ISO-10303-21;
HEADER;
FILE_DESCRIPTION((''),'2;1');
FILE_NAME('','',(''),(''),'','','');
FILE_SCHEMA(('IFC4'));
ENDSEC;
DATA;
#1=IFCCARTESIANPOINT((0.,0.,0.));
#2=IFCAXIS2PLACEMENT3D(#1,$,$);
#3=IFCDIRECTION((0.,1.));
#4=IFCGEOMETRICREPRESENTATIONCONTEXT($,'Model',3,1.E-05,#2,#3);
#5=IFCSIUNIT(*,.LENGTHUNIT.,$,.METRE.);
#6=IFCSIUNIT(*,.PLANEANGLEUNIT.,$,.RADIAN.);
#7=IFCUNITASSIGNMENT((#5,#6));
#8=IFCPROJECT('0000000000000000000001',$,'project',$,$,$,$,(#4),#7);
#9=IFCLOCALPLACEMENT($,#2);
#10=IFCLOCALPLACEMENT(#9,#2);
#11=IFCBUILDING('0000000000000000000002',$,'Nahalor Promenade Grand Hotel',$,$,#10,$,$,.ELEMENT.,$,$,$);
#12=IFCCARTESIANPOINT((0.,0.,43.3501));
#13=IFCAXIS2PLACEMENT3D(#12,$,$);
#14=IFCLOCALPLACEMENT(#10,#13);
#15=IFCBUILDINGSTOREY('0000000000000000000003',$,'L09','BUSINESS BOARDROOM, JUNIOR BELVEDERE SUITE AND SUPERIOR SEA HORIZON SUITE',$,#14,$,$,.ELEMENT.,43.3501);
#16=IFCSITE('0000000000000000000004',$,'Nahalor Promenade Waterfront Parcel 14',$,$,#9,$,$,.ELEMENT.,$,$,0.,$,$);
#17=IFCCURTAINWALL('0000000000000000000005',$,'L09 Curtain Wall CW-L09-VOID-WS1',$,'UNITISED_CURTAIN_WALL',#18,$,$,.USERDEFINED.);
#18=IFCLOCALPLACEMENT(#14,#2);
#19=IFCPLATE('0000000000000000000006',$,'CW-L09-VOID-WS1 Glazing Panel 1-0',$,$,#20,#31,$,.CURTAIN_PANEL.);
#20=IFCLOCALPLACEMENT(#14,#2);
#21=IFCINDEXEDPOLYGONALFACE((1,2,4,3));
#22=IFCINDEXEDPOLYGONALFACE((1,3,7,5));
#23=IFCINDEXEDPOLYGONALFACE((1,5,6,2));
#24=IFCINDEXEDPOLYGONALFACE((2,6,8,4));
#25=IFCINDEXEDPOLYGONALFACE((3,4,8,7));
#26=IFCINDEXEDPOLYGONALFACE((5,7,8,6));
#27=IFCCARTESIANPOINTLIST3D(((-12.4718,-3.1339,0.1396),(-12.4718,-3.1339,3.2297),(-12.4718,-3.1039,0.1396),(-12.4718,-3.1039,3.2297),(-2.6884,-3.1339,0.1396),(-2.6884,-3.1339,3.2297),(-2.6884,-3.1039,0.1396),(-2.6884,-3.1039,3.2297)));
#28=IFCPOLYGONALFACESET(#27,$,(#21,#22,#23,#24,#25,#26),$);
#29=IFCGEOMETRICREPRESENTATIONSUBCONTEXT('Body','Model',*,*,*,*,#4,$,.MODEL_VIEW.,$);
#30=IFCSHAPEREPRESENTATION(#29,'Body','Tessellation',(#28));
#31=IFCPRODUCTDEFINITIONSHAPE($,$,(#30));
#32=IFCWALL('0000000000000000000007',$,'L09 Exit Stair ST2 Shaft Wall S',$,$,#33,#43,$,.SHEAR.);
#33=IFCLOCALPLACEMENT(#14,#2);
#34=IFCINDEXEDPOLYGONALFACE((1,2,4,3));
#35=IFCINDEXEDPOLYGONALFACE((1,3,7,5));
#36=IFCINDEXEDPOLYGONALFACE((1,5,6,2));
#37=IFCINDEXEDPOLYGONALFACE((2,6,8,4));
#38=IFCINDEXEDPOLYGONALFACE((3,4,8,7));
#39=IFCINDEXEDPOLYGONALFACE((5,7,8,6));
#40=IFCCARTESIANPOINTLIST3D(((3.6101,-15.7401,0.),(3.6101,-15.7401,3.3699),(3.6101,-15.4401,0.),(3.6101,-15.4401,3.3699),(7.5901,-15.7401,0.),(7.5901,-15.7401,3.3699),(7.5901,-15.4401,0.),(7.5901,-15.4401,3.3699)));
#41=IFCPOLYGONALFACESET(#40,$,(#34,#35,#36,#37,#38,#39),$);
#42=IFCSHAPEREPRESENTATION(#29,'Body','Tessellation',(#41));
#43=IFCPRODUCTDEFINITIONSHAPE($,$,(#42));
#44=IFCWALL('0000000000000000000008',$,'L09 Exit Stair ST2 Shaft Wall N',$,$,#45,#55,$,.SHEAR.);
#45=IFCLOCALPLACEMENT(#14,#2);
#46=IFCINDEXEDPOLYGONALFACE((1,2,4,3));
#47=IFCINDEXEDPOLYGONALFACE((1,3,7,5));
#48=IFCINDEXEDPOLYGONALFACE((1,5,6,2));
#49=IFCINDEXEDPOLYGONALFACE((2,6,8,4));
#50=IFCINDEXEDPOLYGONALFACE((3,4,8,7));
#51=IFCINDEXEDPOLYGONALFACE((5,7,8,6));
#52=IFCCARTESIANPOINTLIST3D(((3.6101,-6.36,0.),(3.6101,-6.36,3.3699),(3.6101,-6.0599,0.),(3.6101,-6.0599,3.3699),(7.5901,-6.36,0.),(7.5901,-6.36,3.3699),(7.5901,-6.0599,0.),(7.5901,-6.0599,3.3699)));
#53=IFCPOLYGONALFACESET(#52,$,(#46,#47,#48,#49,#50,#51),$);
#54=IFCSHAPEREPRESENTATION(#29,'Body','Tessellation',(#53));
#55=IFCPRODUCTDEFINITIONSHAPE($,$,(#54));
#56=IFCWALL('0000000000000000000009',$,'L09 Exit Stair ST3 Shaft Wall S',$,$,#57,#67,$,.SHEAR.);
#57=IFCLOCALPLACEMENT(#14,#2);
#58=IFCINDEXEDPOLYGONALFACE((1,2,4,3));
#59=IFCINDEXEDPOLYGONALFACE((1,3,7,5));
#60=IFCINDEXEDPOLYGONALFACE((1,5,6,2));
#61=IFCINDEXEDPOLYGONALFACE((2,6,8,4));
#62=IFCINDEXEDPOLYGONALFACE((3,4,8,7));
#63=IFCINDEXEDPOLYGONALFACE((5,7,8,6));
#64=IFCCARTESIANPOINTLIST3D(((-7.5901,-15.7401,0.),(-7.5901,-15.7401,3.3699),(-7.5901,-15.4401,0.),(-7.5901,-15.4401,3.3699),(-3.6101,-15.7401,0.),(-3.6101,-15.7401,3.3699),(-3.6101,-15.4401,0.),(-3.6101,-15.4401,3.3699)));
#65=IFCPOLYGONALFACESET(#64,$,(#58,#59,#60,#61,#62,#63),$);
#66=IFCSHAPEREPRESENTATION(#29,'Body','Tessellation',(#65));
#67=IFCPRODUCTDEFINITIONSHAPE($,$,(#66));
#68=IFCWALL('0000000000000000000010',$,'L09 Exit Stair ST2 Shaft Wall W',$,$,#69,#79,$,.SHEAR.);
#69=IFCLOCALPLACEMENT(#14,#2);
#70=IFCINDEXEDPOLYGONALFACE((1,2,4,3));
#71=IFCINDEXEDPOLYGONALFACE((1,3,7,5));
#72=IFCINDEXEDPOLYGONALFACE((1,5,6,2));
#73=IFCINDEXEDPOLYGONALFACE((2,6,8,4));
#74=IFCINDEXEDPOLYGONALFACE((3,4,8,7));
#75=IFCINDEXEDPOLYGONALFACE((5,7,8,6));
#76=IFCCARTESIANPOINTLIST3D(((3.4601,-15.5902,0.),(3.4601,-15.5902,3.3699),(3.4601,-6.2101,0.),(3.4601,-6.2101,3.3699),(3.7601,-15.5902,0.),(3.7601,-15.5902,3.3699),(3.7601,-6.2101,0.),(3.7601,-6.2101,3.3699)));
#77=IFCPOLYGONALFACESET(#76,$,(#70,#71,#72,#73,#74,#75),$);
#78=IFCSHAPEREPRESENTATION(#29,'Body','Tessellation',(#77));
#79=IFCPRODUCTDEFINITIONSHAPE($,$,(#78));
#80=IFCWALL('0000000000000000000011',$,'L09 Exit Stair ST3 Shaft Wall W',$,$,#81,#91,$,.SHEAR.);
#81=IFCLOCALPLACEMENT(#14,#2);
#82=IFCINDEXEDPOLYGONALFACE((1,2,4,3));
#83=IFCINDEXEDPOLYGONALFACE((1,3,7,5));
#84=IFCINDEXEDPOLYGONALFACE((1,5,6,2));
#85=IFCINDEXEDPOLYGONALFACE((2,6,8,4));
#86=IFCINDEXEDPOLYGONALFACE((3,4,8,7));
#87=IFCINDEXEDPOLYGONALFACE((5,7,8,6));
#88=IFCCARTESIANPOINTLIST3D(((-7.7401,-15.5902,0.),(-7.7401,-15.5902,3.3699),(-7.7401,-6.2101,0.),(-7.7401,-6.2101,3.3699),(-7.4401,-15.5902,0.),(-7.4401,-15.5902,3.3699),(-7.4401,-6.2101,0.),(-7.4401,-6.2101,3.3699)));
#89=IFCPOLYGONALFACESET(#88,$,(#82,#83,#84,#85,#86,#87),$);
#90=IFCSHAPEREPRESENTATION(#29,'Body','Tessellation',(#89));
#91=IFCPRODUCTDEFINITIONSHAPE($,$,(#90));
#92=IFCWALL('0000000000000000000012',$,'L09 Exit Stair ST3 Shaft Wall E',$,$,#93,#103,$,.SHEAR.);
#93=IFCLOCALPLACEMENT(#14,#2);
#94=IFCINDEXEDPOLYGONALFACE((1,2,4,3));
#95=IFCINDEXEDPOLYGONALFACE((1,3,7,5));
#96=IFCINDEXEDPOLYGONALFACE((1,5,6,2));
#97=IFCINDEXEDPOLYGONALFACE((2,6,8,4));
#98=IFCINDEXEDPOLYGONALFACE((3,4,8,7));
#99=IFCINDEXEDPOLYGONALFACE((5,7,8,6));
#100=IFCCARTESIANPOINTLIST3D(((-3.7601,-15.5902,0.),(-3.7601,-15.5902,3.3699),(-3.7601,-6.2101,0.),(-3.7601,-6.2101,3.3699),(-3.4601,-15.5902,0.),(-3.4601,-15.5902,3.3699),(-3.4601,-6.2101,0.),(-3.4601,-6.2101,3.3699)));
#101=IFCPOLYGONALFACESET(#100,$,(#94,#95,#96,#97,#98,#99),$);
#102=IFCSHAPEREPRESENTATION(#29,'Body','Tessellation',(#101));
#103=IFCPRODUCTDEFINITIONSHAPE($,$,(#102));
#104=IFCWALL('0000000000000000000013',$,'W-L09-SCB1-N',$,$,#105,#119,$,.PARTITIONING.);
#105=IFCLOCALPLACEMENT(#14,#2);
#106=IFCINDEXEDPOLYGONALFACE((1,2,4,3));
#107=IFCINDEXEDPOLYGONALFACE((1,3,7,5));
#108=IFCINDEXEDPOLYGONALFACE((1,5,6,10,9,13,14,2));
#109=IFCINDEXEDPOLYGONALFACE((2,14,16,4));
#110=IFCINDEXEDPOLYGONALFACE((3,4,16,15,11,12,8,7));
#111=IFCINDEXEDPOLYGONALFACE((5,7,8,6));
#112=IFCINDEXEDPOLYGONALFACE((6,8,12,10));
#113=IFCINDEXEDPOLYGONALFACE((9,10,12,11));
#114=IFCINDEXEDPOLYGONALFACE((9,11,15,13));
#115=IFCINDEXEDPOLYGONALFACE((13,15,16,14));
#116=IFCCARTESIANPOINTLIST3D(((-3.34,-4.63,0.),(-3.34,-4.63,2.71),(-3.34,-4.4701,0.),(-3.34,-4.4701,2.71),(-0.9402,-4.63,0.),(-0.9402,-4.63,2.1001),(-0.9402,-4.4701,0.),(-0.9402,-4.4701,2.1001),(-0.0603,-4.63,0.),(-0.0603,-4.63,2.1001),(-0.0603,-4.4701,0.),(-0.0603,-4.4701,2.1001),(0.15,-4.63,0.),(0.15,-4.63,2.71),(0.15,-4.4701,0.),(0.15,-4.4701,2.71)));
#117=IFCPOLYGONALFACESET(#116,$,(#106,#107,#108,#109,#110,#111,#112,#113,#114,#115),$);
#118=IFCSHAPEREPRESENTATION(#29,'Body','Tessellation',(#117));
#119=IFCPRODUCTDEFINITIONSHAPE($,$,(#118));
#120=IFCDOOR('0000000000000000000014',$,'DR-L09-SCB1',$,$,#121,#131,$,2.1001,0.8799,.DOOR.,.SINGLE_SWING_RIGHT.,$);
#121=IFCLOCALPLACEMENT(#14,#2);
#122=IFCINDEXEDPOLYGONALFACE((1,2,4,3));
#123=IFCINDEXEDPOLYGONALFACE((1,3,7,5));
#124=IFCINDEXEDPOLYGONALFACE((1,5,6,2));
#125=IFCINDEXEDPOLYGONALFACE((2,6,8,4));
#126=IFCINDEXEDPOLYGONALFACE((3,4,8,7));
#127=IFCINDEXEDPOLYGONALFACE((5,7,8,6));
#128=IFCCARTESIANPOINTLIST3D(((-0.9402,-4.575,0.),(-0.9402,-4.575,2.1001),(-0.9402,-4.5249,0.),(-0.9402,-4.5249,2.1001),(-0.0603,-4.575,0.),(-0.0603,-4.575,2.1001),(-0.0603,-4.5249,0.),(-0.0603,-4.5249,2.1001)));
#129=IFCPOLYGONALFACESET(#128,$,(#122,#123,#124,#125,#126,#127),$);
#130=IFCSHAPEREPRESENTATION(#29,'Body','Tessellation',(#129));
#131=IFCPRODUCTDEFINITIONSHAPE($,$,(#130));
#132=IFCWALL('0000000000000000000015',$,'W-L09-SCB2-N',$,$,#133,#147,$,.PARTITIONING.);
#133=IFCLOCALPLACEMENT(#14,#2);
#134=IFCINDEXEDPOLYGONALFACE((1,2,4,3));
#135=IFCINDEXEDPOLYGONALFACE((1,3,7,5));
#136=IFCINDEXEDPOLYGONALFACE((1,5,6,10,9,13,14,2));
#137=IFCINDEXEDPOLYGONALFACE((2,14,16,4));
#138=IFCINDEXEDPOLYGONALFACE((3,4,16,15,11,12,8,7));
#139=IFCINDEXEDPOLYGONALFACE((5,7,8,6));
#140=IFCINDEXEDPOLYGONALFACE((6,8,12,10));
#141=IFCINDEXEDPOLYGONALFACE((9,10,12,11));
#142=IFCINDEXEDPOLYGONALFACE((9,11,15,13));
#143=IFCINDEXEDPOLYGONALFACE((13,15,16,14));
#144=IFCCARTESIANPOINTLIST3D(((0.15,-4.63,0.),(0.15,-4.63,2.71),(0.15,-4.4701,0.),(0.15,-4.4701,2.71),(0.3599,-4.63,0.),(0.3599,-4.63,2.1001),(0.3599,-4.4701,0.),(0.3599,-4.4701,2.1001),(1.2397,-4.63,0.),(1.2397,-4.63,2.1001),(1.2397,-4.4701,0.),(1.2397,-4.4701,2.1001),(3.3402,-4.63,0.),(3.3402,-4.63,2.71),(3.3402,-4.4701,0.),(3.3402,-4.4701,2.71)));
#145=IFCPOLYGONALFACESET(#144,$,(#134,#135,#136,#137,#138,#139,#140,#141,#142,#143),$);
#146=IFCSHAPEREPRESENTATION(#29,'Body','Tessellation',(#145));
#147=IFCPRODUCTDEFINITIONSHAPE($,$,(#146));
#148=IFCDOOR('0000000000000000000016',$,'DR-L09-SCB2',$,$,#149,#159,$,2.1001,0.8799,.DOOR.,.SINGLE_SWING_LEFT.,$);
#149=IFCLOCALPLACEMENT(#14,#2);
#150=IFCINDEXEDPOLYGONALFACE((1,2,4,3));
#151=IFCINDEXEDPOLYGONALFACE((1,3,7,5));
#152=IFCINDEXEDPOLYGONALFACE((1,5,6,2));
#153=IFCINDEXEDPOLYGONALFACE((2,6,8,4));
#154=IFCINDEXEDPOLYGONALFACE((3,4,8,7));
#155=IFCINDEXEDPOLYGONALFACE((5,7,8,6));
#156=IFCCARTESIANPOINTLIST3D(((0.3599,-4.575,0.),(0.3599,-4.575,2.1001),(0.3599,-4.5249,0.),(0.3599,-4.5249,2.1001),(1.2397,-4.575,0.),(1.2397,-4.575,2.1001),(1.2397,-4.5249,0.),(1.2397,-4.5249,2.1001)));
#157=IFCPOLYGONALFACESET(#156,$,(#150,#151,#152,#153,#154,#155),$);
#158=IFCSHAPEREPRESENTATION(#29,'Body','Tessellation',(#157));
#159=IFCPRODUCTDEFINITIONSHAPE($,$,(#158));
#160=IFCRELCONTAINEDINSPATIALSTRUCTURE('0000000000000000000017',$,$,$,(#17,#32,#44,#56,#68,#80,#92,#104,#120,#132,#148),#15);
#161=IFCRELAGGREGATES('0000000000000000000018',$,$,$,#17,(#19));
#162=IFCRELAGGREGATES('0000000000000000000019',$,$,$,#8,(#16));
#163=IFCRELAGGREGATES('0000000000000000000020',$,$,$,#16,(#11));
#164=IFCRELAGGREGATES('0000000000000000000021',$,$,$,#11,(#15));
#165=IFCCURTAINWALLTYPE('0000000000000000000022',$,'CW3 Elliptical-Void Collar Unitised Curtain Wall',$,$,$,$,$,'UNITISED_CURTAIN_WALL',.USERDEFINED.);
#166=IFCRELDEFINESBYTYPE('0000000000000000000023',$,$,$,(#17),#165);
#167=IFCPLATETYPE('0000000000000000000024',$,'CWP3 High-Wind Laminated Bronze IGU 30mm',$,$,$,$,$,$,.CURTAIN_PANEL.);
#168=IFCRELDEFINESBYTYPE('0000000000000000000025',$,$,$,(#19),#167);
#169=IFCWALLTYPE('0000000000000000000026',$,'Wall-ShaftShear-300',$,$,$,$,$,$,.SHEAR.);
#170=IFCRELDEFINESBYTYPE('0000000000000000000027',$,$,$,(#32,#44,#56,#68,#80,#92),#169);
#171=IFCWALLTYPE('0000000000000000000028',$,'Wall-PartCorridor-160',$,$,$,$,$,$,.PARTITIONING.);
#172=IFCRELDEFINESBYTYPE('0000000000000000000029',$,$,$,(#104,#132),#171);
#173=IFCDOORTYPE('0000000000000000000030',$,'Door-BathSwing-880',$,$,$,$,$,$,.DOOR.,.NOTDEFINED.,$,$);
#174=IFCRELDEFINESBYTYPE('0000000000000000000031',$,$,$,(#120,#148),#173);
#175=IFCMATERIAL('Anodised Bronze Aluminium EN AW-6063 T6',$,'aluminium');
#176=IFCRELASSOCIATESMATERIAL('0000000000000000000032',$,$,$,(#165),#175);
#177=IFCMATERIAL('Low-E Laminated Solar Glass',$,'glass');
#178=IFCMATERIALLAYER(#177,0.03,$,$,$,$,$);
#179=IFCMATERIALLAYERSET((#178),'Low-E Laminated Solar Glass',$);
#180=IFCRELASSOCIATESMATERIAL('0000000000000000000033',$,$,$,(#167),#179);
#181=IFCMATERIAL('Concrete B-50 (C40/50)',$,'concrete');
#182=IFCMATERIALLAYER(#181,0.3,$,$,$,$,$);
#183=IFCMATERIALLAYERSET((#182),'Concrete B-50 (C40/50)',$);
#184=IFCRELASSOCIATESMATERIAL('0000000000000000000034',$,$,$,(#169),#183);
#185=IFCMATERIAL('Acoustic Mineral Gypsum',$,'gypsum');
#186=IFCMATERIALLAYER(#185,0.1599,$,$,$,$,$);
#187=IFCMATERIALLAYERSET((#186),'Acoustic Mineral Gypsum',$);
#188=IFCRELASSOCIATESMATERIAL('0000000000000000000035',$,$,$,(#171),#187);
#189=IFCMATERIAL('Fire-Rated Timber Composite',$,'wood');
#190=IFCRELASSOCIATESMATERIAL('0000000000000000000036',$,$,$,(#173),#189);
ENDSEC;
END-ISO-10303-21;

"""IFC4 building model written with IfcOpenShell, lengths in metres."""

from ifc_helpers import new_model, si_unit, direction, frame, frame_2d, origin, origin_2d, place, context, subcontext, project, spatial, rectangle, extrude, source, transform, mapped, material, layer, layer_set, type_object, element, fill, aggregate, save


model = new_model("IFC4")

# Units and contexts
model_context = context("Model", 3, precision=1e-05, world=origin(), true_north=direction((0.0, 1.0)))
body_context = subcontext(model_context, "Body", "Model", "MODEL_VIEW")
ifc_project = project(units=[si_unit("LENGTHUNIT", "METRE"), si_unit("PLANEANGLEUNIT", "RADIAN")], contexts=[model_context])

# Site, building, storey
site_placement = place(None, origin())
site = spatial("IfcSite", under=ifc_project, at=site_placement, Name="Nahalor Promenade Waterfront Parcel 14", CompositionType="ELEMENT", RefElevation=0.0)
building_placement = place(site_placement, origin())
building = spatial("IfcBuilding", under=site, at=building_placement, Name="Nahalor Promenade Grand Hotel", CompositionType="ELEMENT")
storey_placement = place(building_placement, frame((0.0, 0.0, 43.3501)))
storey = spatial("IfcBuildingStorey", under=building, at=storey_placement, Name="L09", Description="BUSINESS BOARDROOM, JUNIOR BELVEDERE SUITE AND SUPERIOR SEA HORIZON SUITE", CompositionType="ELEMENT", Elevation=43.3501)

# Curtain wall, plate
ifc_material_1 = material(Name="Anodised Bronze Aluminium EN AW-6063 T6", Category="aluminium")
curtain_wall_type = type_object("IfcCurtainWallType", Name="CW3 Elliptical-Void Collar Unitised Curtain Wall", ElementType="UNITISED_CURTAIN_WALL", PredefinedType="USERDEFINED", material=ifc_material_1)
curtain_wall_placement = place(storey_placement, origin())
curtain_wall = element("IfcCurtainWall", 1, at=curtain_wall_placement, inside=storey, type_object=curtain_wall_type, Name="L09 Curtain Wall CW-L09-VOID-WS1", ObjectType="UNITISED_CURTAIN_WALL", PredefinedType="USERDEFINED")
ifc_material_2 = material(Name="Low-E Laminated Solar Glass", Category="glass")
ifc_layer_1 = layer(ifc_material_2, 0.03)
ifc_layer_set_1 = layer_set([ifc_layer_1], Name="Low-E Laminated Solar Glass")
plate_type = type_object("IfcPlateType", Name="CWP3 High-Wind Laminated Bronze IGU 30mm", PredefinedType="CURTAIN_PANEL", material=ifc_layer_set_1)
shared_shape_1 = source(origin(), body_context, "Body", "SweptSolid", [
    extrude(rectangle(XDim=9.7834, YDim=0.03, at=origin_2d()), origin(), (0.0, 0.0, 1.0), 3.0901),
])
plate_placement = place(storey_placement, frame((-7.5801, -3.1189, 0.1396), z_axis=(0.0, 0.0, 1.0), x_axis=(1.0, 0.0, 0.0)))
plate = element("IfcPlate", 2, at=plate_placement, type_object=plate_type, Name="CW-L09-VOID-WS1 Glazing Panel 1-0", PredefinedType="CURTAIN_PANEL", context=body_context, shape_type="MappedRepresentation", body=[
    mapped(shared_shape_1, transform((0.0, 0.0, 0.0), scale=1.0)),
])
aggregate(curtain_wall, [plate])

# Walls
ifc_material_3 = material(Name="Concrete B-50 (C40/50)", Category="concrete")
ifc_layer_2 = layer(ifc_material_3, 0.3)
ifc_layer_set_2 = layer_set([ifc_layer_2], Name="Concrete B-50 (C40/50)")
wall_type_1 = type_object("IfcWallType", Name="Wall-ShaftShear-300", PredefinedType="SHEAR", material=ifc_layer_set_2)
shared_shape_2 = source(origin(), body_context, "Body", "SweptSolid", [
    extrude(rectangle(XDim=3.98, YDim=0.3, at=frame_2d((1.99, 0.0))), origin(), (0.0, 0.0, 1.0), 3.3699),
])
for number, where, z_axis, x_axis, name in (
    (3, (3.6101, -15.5901, 0.0), (0.0, 0.0, 1.0), (1.0, 0.0, 0.0), "L09 Exit Stair ST2 Shaft Wall S"),
    (4, (3.6101, -6.21, 0.0), (0.0, 0.0, 1.0), (1.0, 0.0, 0.0), "L09 Exit Stair ST2 Shaft Wall N"),
    (5, (-7.5901, -15.5901, 0.0), (0.0, 0.0, 1.0), (1.0, 0.0, 0.0), "L09 Exit Stair ST3 Shaft Wall S"),
):
    element("IfcWall", number, at=place(storey_placement, frame(where, z_axis=z_axis, x_axis=x_axis)), inside=storey, type_object=wall_type_1, Name=name, PredefinedType="SHEAR", context=body_context, shape_type="MappedRepresentation", body=[
        mapped(shared_shape_2, transform((0.0, 0.0, 0.0), scale=1.0)),
    ])

# Walls
shared_shape_3 = source(origin(), body_context, "Body", "SweptSolid", [
    extrude(rectangle(XDim=9.3801, YDim=0.3, at=frame_2d((4.6899, 0.0))), origin(), (0.0, 0.0, 1.0), 3.3699),
])
for number, where, z_axis, x_axis, name in (
    (6, (3.6101, -15.5901, 0.0), (0.0, 0.0, 1.0), (0.0, 1.0, 0.0), "L09 Exit Stair ST2 Shaft Wall W"),
    (7, (-7.5901, -15.5901, 0.0), (0.0, 0.0, 1.0), (0.0, 1.0, 0.0), "L09 Exit Stair ST3 Shaft Wall W"),
    (8, (-3.6101, -15.5901, 0.0), (0.0, 0.0, 1.0), (0.0, 1.0, 0.0), "L09 Exit Stair ST3 Shaft Wall E"),
):
    element("IfcWall", number, at=place(storey_placement, frame(where, z_axis=z_axis, x_axis=x_axis)), inside=storey, type_object=wall_type_1, Name=name, PredefinedType="SHEAR", context=body_context, shape_type="MappedRepresentation", body=[
        mapped(shared_shape_3, transform((0.0, 0.0, 0.0), scale=1.0)),
    ])

# Walls, openings, doors
ifc_material_4 = material(Name="Acoustic Mineral Gypsum", Category="gypsum")
ifc_layer_3 = layer(ifc_material_4, 0.1599)
ifc_layer_set_3 = layer_set([ifc_layer_3], Name="Acoustic Mineral Gypsum")
wall_type_2 = type_object("IfcWallType", Name="Wall-PartCorridor-160", PredefinedType="PARTITIONING", material=ifc_layer_set_3)
shared_shape_4 = source(origin(), body_context, "Body", "SweptSolid", [
    extrude(rectangle(XDim=3.49, YDim=0.1599, at=frame_2d((1.7451, 0.0))), origin(), (0.0, 0.0, 1.0), 2.71),
])
wall_1_placement = place(storey_placement, frame((-3.3401, -4.55, 0.0), z_axis=(0.0, 0.0, 1.0), x_axis=(1.0, 0.0, 0.0)))
wall_1 = element("IfcWall", 9, at=wall_1_placement, inside=storey, type_object=wall_type_2, Name="W-L09-SCB1-N", PredefinedType="PARTITIONING", context=body_context, shape_type="MappedRepresentation", body=[
    mapped(shared_shape_4, transform((0.0, 0.0, 0.0), scale=1.0)),
])
opening_1_placement = place(wall_1_placement, frame((2.3999, 0.0, 0.0)))
opening_1 = element("IfcOpeningElement", 10, at=opening_1_placement, cuts=wall_1, PredefinedType="OPENING", context=body_context, shape_type="SweptSolid", body=[
    extrude(rectangle(XDim=0.8799, YDim=2.1001, at=frame_2d((0.4399, 1.05))), frame((0.0, 0.0898, 0.0), z_axis=(0.0, -1.0, 0.0), x_axis=(1.0, 0.0, 0.0)), (0.0, 0.0, 1.0), 0.1799),
])
ifc_material_5 = material(Name="Fire-Rated Timber Composite", Category="wood")
door_type_1 = type_object("IfcDoorType", Name="Door-BathSwing-880", OperationType="NOTDEFINED", PredefinedType="DOOR", material=ifc_material_5)
shared_shape_5 = source(origin(), body_context, "Body", "SweptSolid", [
    extrude(rectangle(XDim=0.8799, YDim=2.1001, at=frame_2d((0.4399, 1.05))), frame((0.0, 0.0249, 0.0), z_axis=(0.0, -1.0, 0.0), x_axis=(1.0, 0.0, 0.0)), (0.0, 0.0, 1.0), 0.05),
])
door_1_placement = place(opening_1_placement, frame((0.8799, 0.0, 0.0), z_axis=(0.0, 0.0, 1.0), x_axis=(-1.0, 0.0, 0.0)))
door_1 = element("IfcDoor", 11, at=door_1_placement, inside=storey, type_object=door_type_1, Name="DR-L09-SCB1", OperationType="SINGLE_SWING_RIGHT", OverallHeight=2.1001, OverallWidth=0.8799, PredefinedType="DOOR", context=body_context, shape_type="MappedRepresentation", body=[
    mapped(shared_shape_5, transform((0.0, 0.0, 0.0), scale=1.0)),
])
fill(opening_1, door_1)
shared_shape_6 = source(origin(), body_context, "Body", "SweptSolid", [
    extrude(rectangle(XDim=3.1902, YDim=0.1599, at=frame_2d((1.5952, 0.0))), origin(), (0.0, 0.0, 1.0), 2.71),
])
wall_2_placement = place(storey_placement, frame((0.1499, -4.55, 0.0), z_axis=(0.0, 0.0, 1.0), x_axis=(1.0, 0.0, 0.0)))
wall_2 = element("IfcWall", 12, at=wall_2_placement, inside=storey, type_object=wall_type_2, Name="W-L09-SCB2-N", PredefinedType="PARTITIONING", context=body_context, shape_type="MappedRepresentation", body=[
    mapped(shared_shape_6, transform((0.0, 0.0, 0.0), scale=1.0)),
])
opening_2_placement = place(wall_2_placement, frame((0.21, 0.0, 0.0)))
opening_2 = element("IfcOpeningElement", 13, at=opening_2_placement, cuts=wall_2, PredefinedType="OPENING", context=body_context, shape_type="SweptSolid", body=[
    extrude(rectangle(XDim=0.8799, YDim=2.1001, at=frame_2d((0.4399, 1.05))), frame((0.0, 0.0898, 0.0), z_axis=(0.0, -1.0, 0.0), x_axis=(1.0, 0.0, 0.0)), (0.0, 0.0, 1.0), 0.1799),
])
door_2_placement = place(opening_2_placement, frame((0.8799, 0.0, 0.0), z_axis=(0.0, 0.0, 1.0), x_axis=(-1.0, 0.0, 0.0)))
door_2 = element("IfcDoor", 14, at=door_2_placement, inside=storey, type_object=door_type_1, Name="DR-L09-SCB2", OperationType="SINGLE_SWING_LEFT", OverallHeight=2.1001, OverallWidth=0.8799, PredefinedType="DOOR", context=body_context, shape_type="MappedRepresentation", body=[
    mapped(shared_shape_5, transform((0.0, 0.0, 0.0), scale=1.0)),
])
fill(opening_2, door_2)

save(model, "model.ifc")
